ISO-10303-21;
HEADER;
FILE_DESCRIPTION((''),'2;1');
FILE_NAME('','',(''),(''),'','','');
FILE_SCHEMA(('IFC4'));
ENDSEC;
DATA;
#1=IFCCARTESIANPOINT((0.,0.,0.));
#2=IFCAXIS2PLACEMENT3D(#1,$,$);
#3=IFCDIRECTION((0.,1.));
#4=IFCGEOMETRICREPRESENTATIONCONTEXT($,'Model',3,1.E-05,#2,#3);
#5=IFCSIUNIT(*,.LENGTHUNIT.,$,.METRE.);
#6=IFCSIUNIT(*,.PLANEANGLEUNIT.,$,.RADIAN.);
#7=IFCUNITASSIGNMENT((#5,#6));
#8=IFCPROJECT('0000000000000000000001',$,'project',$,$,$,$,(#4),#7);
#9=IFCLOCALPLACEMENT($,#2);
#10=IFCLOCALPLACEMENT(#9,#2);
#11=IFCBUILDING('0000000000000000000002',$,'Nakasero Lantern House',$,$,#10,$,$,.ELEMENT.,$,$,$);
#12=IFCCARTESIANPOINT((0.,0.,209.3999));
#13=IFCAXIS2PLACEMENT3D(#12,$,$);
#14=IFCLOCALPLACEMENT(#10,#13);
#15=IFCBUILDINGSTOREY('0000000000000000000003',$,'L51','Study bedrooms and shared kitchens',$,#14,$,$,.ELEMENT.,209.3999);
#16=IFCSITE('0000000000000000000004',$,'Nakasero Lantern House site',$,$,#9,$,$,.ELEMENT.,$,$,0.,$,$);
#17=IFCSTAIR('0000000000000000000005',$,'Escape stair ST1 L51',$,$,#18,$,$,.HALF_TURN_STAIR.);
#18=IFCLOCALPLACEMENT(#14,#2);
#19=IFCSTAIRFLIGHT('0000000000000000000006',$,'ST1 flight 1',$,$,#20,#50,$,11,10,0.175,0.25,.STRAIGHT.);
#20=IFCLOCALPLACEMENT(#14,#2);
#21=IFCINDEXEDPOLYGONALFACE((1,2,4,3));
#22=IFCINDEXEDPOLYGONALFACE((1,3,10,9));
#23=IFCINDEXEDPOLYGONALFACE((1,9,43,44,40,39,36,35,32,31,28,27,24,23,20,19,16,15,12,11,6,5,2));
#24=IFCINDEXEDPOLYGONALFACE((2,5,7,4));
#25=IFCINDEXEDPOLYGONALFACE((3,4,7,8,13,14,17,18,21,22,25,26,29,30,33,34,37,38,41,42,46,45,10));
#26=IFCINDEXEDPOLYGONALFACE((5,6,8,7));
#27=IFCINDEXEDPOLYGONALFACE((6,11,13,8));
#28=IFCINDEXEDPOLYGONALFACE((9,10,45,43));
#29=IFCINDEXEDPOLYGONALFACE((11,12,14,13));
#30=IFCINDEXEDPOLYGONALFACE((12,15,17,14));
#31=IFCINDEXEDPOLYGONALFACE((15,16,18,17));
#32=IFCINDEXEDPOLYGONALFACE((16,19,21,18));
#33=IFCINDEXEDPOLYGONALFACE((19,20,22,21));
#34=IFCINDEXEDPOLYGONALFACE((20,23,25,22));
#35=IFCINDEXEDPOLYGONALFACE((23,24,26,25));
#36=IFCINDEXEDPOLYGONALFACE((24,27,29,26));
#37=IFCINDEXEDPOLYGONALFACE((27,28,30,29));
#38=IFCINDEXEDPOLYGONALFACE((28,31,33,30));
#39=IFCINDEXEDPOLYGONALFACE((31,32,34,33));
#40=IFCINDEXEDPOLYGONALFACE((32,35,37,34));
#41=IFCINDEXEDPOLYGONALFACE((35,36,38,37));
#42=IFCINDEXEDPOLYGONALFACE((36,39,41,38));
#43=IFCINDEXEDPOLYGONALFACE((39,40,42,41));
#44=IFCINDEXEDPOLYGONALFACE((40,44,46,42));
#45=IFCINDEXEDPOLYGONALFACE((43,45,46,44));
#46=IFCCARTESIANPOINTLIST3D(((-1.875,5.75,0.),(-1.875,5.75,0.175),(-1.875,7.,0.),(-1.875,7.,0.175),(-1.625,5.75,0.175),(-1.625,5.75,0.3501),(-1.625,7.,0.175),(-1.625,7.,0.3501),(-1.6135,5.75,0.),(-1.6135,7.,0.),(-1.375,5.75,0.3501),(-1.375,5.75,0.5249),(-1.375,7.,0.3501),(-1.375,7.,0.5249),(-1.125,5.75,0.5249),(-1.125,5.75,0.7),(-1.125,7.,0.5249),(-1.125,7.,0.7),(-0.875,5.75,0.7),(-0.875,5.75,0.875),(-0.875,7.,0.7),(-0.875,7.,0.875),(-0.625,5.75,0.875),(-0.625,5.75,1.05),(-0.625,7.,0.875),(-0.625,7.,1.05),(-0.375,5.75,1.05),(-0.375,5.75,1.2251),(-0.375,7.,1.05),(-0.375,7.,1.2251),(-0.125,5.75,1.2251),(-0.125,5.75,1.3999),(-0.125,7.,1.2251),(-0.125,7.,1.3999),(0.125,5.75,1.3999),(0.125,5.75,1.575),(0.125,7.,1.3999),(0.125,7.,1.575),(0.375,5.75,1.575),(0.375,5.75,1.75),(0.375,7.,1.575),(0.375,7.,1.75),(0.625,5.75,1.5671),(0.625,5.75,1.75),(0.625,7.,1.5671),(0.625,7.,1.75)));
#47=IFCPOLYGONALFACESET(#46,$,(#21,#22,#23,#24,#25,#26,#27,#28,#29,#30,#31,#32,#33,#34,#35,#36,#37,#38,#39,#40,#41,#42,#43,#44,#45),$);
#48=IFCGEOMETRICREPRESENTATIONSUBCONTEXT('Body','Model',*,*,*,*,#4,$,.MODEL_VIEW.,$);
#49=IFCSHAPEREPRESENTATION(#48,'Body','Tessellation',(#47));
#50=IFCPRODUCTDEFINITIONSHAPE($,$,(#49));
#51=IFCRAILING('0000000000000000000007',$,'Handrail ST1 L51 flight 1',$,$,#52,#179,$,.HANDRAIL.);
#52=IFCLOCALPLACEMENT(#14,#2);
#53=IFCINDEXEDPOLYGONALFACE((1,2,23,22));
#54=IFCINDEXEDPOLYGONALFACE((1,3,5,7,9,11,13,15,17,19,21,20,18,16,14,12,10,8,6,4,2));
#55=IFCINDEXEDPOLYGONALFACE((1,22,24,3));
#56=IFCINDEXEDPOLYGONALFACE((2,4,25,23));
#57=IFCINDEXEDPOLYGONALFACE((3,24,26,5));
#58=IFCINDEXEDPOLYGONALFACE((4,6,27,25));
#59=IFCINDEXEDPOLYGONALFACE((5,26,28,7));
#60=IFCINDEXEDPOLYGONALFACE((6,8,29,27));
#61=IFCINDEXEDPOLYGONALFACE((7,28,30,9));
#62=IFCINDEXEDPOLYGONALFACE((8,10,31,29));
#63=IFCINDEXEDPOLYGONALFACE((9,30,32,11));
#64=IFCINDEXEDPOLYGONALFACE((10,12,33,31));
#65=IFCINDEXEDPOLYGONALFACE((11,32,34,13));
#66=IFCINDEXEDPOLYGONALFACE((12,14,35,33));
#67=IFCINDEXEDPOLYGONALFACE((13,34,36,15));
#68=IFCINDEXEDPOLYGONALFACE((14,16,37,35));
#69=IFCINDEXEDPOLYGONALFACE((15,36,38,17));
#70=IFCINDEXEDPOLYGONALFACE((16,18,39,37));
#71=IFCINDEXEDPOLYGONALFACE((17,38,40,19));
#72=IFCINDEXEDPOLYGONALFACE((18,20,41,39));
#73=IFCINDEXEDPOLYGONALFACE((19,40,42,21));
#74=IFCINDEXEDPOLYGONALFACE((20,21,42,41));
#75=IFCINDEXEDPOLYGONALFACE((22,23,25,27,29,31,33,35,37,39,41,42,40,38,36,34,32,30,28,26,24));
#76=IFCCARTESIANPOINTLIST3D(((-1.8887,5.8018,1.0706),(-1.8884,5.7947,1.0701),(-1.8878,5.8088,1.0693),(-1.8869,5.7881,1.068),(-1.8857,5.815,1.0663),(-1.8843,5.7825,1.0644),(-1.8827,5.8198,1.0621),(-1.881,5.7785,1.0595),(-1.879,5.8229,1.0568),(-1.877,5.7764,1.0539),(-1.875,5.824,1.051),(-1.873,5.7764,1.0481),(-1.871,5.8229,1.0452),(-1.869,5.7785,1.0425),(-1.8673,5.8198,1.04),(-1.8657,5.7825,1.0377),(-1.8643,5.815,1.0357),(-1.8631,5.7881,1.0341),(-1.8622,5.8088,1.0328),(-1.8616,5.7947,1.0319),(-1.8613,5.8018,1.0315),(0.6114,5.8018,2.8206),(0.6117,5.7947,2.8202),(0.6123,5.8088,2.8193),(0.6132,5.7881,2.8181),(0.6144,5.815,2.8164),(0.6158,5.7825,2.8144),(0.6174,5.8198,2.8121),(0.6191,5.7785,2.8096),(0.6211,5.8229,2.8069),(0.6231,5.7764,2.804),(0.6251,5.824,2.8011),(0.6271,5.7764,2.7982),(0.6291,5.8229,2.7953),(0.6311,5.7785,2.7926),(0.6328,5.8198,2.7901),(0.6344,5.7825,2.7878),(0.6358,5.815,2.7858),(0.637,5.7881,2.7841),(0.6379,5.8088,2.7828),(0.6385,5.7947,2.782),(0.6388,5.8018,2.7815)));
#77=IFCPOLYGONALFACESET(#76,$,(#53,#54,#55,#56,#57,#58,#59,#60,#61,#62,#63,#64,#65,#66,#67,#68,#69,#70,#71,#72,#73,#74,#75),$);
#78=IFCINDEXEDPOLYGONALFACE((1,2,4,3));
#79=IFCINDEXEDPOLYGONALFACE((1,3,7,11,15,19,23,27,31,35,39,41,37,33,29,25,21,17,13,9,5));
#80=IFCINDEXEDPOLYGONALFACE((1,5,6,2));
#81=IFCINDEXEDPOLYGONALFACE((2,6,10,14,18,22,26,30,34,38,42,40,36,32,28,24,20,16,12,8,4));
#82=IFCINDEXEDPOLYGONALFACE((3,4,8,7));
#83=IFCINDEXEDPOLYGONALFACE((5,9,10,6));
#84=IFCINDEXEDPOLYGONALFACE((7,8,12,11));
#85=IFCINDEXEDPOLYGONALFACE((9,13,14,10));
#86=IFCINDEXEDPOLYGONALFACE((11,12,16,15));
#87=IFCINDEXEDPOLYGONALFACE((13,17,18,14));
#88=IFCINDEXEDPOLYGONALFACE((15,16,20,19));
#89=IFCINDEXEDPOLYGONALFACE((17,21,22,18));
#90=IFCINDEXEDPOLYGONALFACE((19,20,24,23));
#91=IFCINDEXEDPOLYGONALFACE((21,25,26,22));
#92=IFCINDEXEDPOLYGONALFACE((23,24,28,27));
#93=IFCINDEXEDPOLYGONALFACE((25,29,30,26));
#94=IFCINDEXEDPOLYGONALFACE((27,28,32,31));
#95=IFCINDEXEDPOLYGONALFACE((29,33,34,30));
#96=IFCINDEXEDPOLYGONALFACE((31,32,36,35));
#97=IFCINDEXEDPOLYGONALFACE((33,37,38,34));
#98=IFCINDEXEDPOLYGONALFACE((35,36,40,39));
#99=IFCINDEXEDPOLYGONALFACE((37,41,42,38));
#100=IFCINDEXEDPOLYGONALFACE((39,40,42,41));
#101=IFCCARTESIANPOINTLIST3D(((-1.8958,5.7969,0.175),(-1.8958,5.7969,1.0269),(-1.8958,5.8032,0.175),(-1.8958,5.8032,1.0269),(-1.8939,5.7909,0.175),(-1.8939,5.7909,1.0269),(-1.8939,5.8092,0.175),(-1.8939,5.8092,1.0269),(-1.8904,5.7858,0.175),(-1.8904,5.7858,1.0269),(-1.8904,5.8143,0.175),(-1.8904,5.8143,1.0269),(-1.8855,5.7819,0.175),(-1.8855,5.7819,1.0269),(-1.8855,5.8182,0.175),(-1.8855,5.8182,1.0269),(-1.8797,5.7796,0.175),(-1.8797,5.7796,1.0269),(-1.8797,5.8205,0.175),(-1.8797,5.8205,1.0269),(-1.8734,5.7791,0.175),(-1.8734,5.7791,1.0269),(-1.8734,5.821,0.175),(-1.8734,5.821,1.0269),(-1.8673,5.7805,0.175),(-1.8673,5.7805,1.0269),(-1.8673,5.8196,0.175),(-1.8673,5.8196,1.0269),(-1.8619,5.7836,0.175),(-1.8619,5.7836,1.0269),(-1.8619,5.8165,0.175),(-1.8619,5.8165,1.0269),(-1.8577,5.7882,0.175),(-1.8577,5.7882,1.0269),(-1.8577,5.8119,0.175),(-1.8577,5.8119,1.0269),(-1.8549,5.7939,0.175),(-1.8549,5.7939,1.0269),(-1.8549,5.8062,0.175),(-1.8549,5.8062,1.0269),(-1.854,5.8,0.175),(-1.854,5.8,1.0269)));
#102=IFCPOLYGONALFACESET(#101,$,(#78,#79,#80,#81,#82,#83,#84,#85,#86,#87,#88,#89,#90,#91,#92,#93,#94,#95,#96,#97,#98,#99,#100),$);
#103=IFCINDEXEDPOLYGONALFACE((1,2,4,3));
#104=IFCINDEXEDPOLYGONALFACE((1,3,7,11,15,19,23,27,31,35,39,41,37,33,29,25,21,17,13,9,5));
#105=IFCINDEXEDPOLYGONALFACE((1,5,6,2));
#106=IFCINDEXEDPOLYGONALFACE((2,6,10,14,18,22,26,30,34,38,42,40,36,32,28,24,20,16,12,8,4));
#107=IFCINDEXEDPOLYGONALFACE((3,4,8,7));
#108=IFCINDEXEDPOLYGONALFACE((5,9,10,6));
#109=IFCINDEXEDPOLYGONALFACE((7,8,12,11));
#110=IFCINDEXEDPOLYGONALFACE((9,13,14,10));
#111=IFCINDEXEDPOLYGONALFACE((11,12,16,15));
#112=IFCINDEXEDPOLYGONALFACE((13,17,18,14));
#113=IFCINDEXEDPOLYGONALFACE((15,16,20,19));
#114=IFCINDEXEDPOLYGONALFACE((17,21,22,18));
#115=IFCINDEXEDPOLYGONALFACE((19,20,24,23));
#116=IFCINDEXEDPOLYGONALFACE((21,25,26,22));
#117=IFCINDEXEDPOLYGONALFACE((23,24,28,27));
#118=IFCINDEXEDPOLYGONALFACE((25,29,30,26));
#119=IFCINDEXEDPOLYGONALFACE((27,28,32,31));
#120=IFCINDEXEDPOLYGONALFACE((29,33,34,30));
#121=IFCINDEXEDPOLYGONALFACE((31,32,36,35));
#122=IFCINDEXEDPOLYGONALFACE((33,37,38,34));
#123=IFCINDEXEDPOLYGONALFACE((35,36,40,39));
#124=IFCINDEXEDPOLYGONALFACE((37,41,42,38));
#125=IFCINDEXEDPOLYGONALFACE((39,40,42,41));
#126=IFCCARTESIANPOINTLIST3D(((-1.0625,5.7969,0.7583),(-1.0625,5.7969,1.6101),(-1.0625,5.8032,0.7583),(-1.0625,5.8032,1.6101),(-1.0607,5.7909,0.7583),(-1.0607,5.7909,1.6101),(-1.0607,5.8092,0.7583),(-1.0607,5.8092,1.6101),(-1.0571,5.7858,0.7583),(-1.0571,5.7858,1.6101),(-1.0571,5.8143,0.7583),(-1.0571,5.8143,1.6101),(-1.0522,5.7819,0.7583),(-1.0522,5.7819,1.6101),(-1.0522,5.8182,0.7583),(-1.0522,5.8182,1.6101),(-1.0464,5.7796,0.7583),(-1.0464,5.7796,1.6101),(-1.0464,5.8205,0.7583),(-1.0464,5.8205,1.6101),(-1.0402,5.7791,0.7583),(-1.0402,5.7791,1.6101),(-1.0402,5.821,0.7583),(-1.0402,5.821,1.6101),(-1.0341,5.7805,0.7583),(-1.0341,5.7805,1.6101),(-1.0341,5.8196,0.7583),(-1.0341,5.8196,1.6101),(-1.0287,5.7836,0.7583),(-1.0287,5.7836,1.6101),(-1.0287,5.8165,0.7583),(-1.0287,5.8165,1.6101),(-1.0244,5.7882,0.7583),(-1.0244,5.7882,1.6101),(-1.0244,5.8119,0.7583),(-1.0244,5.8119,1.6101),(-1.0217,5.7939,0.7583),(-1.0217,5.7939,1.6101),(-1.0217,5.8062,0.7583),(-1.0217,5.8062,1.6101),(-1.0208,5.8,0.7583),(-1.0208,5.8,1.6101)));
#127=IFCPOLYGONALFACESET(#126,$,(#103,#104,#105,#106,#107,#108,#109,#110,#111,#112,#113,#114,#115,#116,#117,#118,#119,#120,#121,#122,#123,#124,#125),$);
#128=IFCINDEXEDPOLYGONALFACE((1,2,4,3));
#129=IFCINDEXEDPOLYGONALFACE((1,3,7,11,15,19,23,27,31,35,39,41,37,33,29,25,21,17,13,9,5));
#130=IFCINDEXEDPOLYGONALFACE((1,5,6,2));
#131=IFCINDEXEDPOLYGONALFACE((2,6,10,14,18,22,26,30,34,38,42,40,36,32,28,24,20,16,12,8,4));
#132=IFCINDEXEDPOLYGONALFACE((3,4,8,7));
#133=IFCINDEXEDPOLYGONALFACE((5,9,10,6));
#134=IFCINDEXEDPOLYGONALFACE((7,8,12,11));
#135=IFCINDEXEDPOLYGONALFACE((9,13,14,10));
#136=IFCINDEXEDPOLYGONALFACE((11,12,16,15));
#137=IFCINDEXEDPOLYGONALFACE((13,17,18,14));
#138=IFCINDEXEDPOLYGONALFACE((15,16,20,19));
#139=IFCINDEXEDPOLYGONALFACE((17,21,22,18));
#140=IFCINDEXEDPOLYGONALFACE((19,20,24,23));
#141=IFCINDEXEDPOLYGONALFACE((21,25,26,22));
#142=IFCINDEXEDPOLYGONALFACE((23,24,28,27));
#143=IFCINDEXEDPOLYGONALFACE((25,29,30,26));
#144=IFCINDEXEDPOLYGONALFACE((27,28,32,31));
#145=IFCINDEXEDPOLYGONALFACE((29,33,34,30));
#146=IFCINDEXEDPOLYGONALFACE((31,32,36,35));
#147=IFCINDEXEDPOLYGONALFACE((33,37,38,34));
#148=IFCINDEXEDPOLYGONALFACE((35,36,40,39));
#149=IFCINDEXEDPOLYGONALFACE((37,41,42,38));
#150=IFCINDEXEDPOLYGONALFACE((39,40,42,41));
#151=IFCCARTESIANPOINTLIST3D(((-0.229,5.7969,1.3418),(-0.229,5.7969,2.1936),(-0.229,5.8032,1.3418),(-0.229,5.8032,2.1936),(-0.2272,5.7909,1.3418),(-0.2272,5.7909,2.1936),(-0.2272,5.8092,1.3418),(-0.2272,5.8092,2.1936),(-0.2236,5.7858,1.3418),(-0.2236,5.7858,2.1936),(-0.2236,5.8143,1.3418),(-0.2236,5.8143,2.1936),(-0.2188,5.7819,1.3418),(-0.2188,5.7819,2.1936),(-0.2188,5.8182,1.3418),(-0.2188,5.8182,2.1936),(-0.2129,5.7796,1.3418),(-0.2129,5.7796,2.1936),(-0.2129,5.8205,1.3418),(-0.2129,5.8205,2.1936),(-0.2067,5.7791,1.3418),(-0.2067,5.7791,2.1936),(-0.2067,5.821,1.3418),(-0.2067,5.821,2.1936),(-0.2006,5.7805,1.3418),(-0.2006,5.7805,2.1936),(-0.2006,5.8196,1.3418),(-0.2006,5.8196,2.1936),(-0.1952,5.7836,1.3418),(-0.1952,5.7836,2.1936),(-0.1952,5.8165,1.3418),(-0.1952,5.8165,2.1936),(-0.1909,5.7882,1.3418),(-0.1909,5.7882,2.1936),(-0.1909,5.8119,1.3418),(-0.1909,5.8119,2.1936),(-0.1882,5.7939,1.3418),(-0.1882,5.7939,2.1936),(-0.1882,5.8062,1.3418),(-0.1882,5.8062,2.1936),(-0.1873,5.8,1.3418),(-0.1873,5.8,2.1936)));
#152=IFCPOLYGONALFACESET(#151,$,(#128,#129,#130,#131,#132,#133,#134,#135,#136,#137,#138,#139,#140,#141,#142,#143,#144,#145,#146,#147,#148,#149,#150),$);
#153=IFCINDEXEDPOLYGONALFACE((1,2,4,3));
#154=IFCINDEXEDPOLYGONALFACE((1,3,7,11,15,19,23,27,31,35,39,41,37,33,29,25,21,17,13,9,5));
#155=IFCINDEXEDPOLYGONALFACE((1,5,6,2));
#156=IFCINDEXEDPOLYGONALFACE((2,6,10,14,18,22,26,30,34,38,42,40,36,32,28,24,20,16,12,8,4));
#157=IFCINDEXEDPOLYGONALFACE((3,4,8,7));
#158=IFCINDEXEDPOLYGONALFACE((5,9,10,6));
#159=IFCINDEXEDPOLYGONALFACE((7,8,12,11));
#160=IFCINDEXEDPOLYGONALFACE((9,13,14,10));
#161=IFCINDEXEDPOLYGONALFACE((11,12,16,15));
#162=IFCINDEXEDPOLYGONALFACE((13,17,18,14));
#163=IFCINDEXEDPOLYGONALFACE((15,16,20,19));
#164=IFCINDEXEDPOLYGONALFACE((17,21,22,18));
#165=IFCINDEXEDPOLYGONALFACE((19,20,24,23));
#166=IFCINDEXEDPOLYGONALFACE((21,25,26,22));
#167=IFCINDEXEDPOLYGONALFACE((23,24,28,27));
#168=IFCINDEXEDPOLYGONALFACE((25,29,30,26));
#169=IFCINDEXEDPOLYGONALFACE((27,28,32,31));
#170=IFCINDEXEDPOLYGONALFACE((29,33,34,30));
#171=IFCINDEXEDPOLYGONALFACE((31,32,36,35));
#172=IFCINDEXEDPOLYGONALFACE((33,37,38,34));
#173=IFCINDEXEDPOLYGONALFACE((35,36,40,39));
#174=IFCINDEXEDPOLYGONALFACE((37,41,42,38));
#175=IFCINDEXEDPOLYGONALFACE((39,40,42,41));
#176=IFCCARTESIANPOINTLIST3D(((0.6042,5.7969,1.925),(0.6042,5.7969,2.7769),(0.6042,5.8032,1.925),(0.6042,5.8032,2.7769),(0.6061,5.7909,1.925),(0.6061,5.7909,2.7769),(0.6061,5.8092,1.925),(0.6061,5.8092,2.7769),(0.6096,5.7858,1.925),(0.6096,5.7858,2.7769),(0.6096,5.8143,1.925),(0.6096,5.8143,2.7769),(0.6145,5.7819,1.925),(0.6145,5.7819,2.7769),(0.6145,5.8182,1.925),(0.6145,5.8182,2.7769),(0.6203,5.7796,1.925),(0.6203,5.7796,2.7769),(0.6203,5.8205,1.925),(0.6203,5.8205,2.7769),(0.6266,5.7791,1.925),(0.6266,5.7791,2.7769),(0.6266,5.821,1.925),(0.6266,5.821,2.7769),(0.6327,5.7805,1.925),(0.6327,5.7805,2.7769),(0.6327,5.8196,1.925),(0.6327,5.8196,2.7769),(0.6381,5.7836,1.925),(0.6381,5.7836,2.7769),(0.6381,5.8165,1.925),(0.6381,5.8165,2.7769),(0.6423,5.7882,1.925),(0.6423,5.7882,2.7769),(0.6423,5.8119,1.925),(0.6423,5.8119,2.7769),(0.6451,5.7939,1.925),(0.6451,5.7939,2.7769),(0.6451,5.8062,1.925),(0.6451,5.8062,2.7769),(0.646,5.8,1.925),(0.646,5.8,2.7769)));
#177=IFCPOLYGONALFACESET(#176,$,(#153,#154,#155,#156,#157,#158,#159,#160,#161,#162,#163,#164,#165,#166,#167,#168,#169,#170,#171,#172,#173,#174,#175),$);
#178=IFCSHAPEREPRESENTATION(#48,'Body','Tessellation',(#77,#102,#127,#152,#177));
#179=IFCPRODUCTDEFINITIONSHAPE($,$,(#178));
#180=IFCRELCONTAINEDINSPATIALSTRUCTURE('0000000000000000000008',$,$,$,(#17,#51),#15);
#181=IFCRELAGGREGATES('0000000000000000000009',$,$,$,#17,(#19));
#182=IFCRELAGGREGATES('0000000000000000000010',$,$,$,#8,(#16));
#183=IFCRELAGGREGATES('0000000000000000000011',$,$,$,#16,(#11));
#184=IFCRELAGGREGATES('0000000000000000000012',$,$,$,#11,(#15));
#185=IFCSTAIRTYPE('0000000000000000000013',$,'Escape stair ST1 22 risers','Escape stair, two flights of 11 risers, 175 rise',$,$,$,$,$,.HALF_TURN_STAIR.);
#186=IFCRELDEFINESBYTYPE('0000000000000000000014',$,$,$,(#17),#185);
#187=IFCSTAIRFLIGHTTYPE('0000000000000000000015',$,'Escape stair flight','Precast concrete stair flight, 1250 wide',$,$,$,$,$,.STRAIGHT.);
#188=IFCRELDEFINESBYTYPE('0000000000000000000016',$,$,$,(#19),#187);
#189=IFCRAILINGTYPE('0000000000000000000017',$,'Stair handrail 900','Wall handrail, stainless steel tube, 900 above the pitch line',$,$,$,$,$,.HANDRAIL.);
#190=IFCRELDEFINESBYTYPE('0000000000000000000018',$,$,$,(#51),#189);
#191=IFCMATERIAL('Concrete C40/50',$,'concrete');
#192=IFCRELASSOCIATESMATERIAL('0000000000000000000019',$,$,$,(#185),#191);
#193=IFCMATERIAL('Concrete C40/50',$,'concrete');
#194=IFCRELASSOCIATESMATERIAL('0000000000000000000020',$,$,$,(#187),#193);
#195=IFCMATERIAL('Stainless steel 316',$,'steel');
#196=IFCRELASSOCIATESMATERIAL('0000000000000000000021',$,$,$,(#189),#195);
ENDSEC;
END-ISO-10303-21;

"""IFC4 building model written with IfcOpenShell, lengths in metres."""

from ifc_helpers import new_model, si_unit, direction, frame, origin, origin_2d, place, context, subcontext, project, spatial, polyline, circle, outline, extrude, material, type_object, element, aggregate, save


model = new_model("IFC4")

# Units and contexts
model_context = context("Model", 3, precision=1e-05, world=origin(), true_north=direction((0.0, 1.0)))
body_context = subcontext(model_context, "Body", "Model", "MODEL_VIEW")
ifc_project = project(units=[si_unit("LENGTHUNIT", "METRE"), si_unit("PLANEANGLEUNIT", "RADIAN")], contexts=[model_context])

# Site, building, storey
site_placement = place(None, origin())
site = spatial("IfcSite", under=ifc_project, at=site_placement, Name="Nakasero Lantern House site", CompositionType="ELEMENT", RefElevation=0.0)
building_placement = place(site_placement, origin())
building = spatial("IfcBuilding", under=site, at=building_placement, Name="Nakasero Lantern House", CompositionType="ELEMENT")
storey_placement = place(building_placement, frame((0.0, 0.0, 209.3999)))
storey = spatial("IfcBuildingStorey", under=building, at=storey_placement, Name="L51", Description="Study bedrooms and shared kitchens", CompositionType="ELEMENT", Elevation=209.3999)

# Stair, stair flight
ifc_material_1 = material(Name="Concrete C40/50", Category="concrete")
stair_type = type_object("IfcStairType", Name="Escape stair ST1 22 risers", Description="Escape stair, two flights of 11 risers, 175 rise", PredefinedType="HALF_TURN_STAIR", material=ifc_material_1)
stair_placement = place(storey_placement, origin())
stair = element("IfcStair", 1, at=stair_placement, inside=storey, type_object=stair_type, Name="Escape stair ST1 L51", PredefinedType="HALF_TURN_STAIR")
ifc_material_2 = material(Name="Concrete C40/50", Category="concrete")
stair_flight_type = type_object("IfcStairFlightType", Name="Escape stair flight", Description="Precast concrete stair flight, 1250 wide", PredefinedType="STRAIGHT", material=ifc_material_2)
stair_flight_placement = place(storey_placement, frame((-1.875, 6.375, 0.0), z_axis=(0.0, 0.0, 1.0), x_axis=(1.0, 0.0, 0.0)))
stair_flight = element("IfcStairFlight", 2, at=stair_flight_placement, type_object=stair_flight_type, Name="ST1 flight 1", NumberOfRisers=11, NumberOfTreads=10, PredefinedType="STRAIGHT", RiserHeight=0.175, TreadLength=0.25, context=body_context, shape_type="SweptSolid", body=[
    extrude(outline(polyline([(0.0, 0.0), (0.0, 0.175), (0.25, 0.175), (0.25, 0.3501), (0.5, 0.3501), (0.5, 0.5249), (0.75, 0.5249), (0.75, 0.7), (1.0, 0.7), (1.0, 0.875), (1.25, 0.875), (1.25, 1.05), (1.5, 1.05), (1.5, 1.2251), (1.75, 1.2251), (1.75, 1.3999), (2.0, 1.3999), (2.0, 1.575), (2.25, 1.575), (2.25, 1.75), (2.5, 1.75), (2.5, 1.925), (2.5, 1.5671), (0.2615, 0.0), (0.0, 0.0)])), frame((0.0, 0.625, 0.0), z_axis=(0.0, -1.0, 0.0), x_axis=(1.0, 0.0, 0.0)), (0.0, 0.0, 1.0), 1.25),
])
aggregate(stair, [stair_flight])

# Railing
ifc_material_3 = material(Name="Stainless steel 316", Category="steel")
railing_type = type_object("IfcRailingType", Name="Stair handrail 900", Description="Wall handrail, stainless steel tube, 900 above the pitch line", PredefinedType="HANDRAIL", material=ifc_material_3)
railing_placement = place(storey_placement, frame((-1.875, 5.8, 0.175)))
element("IfcRailing", 3, at=railing_placement, inside=storey, type_object=railing_type, Name="Handrail ST1 L51 flight 1", PredefinedType="HANDRAIL", context=body_context, shape_type="SweptSolid", body=[
    extrude(circle(Radius=0.0239, at=origin_2d()), frame((0.0, 0.0, 0.876), z_axis=(0.819232, 0.0, 0.573462), x_axis=(0.0, 1.0, 0.0)), (0.0, 0.0, 1.0), 3.0518),
    extrude(circle(Radius=0.021, at=origin_2d()), origin(), (0.0, 0.0, 1.0), 0.8518),
    extrude(circle(Radius=0.021, at=origin_2d()), frame((0.8333, 0.0, 0.5833)), (0.0, 0.0, 1.0), 0.8518),
    extrude(circle(Radius=0.021, at=origin_2d()), frame((1.6667, 0.0, 1.1667)), (0.0, 0.0, 1.0), 0.8518),
    extrude(circle(Radius=0.021, at=origin_2d()), frame((2.5, 0.0, 1.75)), (0.0, 0.0, 1.0), 0.8518),
])

save(model, "model.ifc")
